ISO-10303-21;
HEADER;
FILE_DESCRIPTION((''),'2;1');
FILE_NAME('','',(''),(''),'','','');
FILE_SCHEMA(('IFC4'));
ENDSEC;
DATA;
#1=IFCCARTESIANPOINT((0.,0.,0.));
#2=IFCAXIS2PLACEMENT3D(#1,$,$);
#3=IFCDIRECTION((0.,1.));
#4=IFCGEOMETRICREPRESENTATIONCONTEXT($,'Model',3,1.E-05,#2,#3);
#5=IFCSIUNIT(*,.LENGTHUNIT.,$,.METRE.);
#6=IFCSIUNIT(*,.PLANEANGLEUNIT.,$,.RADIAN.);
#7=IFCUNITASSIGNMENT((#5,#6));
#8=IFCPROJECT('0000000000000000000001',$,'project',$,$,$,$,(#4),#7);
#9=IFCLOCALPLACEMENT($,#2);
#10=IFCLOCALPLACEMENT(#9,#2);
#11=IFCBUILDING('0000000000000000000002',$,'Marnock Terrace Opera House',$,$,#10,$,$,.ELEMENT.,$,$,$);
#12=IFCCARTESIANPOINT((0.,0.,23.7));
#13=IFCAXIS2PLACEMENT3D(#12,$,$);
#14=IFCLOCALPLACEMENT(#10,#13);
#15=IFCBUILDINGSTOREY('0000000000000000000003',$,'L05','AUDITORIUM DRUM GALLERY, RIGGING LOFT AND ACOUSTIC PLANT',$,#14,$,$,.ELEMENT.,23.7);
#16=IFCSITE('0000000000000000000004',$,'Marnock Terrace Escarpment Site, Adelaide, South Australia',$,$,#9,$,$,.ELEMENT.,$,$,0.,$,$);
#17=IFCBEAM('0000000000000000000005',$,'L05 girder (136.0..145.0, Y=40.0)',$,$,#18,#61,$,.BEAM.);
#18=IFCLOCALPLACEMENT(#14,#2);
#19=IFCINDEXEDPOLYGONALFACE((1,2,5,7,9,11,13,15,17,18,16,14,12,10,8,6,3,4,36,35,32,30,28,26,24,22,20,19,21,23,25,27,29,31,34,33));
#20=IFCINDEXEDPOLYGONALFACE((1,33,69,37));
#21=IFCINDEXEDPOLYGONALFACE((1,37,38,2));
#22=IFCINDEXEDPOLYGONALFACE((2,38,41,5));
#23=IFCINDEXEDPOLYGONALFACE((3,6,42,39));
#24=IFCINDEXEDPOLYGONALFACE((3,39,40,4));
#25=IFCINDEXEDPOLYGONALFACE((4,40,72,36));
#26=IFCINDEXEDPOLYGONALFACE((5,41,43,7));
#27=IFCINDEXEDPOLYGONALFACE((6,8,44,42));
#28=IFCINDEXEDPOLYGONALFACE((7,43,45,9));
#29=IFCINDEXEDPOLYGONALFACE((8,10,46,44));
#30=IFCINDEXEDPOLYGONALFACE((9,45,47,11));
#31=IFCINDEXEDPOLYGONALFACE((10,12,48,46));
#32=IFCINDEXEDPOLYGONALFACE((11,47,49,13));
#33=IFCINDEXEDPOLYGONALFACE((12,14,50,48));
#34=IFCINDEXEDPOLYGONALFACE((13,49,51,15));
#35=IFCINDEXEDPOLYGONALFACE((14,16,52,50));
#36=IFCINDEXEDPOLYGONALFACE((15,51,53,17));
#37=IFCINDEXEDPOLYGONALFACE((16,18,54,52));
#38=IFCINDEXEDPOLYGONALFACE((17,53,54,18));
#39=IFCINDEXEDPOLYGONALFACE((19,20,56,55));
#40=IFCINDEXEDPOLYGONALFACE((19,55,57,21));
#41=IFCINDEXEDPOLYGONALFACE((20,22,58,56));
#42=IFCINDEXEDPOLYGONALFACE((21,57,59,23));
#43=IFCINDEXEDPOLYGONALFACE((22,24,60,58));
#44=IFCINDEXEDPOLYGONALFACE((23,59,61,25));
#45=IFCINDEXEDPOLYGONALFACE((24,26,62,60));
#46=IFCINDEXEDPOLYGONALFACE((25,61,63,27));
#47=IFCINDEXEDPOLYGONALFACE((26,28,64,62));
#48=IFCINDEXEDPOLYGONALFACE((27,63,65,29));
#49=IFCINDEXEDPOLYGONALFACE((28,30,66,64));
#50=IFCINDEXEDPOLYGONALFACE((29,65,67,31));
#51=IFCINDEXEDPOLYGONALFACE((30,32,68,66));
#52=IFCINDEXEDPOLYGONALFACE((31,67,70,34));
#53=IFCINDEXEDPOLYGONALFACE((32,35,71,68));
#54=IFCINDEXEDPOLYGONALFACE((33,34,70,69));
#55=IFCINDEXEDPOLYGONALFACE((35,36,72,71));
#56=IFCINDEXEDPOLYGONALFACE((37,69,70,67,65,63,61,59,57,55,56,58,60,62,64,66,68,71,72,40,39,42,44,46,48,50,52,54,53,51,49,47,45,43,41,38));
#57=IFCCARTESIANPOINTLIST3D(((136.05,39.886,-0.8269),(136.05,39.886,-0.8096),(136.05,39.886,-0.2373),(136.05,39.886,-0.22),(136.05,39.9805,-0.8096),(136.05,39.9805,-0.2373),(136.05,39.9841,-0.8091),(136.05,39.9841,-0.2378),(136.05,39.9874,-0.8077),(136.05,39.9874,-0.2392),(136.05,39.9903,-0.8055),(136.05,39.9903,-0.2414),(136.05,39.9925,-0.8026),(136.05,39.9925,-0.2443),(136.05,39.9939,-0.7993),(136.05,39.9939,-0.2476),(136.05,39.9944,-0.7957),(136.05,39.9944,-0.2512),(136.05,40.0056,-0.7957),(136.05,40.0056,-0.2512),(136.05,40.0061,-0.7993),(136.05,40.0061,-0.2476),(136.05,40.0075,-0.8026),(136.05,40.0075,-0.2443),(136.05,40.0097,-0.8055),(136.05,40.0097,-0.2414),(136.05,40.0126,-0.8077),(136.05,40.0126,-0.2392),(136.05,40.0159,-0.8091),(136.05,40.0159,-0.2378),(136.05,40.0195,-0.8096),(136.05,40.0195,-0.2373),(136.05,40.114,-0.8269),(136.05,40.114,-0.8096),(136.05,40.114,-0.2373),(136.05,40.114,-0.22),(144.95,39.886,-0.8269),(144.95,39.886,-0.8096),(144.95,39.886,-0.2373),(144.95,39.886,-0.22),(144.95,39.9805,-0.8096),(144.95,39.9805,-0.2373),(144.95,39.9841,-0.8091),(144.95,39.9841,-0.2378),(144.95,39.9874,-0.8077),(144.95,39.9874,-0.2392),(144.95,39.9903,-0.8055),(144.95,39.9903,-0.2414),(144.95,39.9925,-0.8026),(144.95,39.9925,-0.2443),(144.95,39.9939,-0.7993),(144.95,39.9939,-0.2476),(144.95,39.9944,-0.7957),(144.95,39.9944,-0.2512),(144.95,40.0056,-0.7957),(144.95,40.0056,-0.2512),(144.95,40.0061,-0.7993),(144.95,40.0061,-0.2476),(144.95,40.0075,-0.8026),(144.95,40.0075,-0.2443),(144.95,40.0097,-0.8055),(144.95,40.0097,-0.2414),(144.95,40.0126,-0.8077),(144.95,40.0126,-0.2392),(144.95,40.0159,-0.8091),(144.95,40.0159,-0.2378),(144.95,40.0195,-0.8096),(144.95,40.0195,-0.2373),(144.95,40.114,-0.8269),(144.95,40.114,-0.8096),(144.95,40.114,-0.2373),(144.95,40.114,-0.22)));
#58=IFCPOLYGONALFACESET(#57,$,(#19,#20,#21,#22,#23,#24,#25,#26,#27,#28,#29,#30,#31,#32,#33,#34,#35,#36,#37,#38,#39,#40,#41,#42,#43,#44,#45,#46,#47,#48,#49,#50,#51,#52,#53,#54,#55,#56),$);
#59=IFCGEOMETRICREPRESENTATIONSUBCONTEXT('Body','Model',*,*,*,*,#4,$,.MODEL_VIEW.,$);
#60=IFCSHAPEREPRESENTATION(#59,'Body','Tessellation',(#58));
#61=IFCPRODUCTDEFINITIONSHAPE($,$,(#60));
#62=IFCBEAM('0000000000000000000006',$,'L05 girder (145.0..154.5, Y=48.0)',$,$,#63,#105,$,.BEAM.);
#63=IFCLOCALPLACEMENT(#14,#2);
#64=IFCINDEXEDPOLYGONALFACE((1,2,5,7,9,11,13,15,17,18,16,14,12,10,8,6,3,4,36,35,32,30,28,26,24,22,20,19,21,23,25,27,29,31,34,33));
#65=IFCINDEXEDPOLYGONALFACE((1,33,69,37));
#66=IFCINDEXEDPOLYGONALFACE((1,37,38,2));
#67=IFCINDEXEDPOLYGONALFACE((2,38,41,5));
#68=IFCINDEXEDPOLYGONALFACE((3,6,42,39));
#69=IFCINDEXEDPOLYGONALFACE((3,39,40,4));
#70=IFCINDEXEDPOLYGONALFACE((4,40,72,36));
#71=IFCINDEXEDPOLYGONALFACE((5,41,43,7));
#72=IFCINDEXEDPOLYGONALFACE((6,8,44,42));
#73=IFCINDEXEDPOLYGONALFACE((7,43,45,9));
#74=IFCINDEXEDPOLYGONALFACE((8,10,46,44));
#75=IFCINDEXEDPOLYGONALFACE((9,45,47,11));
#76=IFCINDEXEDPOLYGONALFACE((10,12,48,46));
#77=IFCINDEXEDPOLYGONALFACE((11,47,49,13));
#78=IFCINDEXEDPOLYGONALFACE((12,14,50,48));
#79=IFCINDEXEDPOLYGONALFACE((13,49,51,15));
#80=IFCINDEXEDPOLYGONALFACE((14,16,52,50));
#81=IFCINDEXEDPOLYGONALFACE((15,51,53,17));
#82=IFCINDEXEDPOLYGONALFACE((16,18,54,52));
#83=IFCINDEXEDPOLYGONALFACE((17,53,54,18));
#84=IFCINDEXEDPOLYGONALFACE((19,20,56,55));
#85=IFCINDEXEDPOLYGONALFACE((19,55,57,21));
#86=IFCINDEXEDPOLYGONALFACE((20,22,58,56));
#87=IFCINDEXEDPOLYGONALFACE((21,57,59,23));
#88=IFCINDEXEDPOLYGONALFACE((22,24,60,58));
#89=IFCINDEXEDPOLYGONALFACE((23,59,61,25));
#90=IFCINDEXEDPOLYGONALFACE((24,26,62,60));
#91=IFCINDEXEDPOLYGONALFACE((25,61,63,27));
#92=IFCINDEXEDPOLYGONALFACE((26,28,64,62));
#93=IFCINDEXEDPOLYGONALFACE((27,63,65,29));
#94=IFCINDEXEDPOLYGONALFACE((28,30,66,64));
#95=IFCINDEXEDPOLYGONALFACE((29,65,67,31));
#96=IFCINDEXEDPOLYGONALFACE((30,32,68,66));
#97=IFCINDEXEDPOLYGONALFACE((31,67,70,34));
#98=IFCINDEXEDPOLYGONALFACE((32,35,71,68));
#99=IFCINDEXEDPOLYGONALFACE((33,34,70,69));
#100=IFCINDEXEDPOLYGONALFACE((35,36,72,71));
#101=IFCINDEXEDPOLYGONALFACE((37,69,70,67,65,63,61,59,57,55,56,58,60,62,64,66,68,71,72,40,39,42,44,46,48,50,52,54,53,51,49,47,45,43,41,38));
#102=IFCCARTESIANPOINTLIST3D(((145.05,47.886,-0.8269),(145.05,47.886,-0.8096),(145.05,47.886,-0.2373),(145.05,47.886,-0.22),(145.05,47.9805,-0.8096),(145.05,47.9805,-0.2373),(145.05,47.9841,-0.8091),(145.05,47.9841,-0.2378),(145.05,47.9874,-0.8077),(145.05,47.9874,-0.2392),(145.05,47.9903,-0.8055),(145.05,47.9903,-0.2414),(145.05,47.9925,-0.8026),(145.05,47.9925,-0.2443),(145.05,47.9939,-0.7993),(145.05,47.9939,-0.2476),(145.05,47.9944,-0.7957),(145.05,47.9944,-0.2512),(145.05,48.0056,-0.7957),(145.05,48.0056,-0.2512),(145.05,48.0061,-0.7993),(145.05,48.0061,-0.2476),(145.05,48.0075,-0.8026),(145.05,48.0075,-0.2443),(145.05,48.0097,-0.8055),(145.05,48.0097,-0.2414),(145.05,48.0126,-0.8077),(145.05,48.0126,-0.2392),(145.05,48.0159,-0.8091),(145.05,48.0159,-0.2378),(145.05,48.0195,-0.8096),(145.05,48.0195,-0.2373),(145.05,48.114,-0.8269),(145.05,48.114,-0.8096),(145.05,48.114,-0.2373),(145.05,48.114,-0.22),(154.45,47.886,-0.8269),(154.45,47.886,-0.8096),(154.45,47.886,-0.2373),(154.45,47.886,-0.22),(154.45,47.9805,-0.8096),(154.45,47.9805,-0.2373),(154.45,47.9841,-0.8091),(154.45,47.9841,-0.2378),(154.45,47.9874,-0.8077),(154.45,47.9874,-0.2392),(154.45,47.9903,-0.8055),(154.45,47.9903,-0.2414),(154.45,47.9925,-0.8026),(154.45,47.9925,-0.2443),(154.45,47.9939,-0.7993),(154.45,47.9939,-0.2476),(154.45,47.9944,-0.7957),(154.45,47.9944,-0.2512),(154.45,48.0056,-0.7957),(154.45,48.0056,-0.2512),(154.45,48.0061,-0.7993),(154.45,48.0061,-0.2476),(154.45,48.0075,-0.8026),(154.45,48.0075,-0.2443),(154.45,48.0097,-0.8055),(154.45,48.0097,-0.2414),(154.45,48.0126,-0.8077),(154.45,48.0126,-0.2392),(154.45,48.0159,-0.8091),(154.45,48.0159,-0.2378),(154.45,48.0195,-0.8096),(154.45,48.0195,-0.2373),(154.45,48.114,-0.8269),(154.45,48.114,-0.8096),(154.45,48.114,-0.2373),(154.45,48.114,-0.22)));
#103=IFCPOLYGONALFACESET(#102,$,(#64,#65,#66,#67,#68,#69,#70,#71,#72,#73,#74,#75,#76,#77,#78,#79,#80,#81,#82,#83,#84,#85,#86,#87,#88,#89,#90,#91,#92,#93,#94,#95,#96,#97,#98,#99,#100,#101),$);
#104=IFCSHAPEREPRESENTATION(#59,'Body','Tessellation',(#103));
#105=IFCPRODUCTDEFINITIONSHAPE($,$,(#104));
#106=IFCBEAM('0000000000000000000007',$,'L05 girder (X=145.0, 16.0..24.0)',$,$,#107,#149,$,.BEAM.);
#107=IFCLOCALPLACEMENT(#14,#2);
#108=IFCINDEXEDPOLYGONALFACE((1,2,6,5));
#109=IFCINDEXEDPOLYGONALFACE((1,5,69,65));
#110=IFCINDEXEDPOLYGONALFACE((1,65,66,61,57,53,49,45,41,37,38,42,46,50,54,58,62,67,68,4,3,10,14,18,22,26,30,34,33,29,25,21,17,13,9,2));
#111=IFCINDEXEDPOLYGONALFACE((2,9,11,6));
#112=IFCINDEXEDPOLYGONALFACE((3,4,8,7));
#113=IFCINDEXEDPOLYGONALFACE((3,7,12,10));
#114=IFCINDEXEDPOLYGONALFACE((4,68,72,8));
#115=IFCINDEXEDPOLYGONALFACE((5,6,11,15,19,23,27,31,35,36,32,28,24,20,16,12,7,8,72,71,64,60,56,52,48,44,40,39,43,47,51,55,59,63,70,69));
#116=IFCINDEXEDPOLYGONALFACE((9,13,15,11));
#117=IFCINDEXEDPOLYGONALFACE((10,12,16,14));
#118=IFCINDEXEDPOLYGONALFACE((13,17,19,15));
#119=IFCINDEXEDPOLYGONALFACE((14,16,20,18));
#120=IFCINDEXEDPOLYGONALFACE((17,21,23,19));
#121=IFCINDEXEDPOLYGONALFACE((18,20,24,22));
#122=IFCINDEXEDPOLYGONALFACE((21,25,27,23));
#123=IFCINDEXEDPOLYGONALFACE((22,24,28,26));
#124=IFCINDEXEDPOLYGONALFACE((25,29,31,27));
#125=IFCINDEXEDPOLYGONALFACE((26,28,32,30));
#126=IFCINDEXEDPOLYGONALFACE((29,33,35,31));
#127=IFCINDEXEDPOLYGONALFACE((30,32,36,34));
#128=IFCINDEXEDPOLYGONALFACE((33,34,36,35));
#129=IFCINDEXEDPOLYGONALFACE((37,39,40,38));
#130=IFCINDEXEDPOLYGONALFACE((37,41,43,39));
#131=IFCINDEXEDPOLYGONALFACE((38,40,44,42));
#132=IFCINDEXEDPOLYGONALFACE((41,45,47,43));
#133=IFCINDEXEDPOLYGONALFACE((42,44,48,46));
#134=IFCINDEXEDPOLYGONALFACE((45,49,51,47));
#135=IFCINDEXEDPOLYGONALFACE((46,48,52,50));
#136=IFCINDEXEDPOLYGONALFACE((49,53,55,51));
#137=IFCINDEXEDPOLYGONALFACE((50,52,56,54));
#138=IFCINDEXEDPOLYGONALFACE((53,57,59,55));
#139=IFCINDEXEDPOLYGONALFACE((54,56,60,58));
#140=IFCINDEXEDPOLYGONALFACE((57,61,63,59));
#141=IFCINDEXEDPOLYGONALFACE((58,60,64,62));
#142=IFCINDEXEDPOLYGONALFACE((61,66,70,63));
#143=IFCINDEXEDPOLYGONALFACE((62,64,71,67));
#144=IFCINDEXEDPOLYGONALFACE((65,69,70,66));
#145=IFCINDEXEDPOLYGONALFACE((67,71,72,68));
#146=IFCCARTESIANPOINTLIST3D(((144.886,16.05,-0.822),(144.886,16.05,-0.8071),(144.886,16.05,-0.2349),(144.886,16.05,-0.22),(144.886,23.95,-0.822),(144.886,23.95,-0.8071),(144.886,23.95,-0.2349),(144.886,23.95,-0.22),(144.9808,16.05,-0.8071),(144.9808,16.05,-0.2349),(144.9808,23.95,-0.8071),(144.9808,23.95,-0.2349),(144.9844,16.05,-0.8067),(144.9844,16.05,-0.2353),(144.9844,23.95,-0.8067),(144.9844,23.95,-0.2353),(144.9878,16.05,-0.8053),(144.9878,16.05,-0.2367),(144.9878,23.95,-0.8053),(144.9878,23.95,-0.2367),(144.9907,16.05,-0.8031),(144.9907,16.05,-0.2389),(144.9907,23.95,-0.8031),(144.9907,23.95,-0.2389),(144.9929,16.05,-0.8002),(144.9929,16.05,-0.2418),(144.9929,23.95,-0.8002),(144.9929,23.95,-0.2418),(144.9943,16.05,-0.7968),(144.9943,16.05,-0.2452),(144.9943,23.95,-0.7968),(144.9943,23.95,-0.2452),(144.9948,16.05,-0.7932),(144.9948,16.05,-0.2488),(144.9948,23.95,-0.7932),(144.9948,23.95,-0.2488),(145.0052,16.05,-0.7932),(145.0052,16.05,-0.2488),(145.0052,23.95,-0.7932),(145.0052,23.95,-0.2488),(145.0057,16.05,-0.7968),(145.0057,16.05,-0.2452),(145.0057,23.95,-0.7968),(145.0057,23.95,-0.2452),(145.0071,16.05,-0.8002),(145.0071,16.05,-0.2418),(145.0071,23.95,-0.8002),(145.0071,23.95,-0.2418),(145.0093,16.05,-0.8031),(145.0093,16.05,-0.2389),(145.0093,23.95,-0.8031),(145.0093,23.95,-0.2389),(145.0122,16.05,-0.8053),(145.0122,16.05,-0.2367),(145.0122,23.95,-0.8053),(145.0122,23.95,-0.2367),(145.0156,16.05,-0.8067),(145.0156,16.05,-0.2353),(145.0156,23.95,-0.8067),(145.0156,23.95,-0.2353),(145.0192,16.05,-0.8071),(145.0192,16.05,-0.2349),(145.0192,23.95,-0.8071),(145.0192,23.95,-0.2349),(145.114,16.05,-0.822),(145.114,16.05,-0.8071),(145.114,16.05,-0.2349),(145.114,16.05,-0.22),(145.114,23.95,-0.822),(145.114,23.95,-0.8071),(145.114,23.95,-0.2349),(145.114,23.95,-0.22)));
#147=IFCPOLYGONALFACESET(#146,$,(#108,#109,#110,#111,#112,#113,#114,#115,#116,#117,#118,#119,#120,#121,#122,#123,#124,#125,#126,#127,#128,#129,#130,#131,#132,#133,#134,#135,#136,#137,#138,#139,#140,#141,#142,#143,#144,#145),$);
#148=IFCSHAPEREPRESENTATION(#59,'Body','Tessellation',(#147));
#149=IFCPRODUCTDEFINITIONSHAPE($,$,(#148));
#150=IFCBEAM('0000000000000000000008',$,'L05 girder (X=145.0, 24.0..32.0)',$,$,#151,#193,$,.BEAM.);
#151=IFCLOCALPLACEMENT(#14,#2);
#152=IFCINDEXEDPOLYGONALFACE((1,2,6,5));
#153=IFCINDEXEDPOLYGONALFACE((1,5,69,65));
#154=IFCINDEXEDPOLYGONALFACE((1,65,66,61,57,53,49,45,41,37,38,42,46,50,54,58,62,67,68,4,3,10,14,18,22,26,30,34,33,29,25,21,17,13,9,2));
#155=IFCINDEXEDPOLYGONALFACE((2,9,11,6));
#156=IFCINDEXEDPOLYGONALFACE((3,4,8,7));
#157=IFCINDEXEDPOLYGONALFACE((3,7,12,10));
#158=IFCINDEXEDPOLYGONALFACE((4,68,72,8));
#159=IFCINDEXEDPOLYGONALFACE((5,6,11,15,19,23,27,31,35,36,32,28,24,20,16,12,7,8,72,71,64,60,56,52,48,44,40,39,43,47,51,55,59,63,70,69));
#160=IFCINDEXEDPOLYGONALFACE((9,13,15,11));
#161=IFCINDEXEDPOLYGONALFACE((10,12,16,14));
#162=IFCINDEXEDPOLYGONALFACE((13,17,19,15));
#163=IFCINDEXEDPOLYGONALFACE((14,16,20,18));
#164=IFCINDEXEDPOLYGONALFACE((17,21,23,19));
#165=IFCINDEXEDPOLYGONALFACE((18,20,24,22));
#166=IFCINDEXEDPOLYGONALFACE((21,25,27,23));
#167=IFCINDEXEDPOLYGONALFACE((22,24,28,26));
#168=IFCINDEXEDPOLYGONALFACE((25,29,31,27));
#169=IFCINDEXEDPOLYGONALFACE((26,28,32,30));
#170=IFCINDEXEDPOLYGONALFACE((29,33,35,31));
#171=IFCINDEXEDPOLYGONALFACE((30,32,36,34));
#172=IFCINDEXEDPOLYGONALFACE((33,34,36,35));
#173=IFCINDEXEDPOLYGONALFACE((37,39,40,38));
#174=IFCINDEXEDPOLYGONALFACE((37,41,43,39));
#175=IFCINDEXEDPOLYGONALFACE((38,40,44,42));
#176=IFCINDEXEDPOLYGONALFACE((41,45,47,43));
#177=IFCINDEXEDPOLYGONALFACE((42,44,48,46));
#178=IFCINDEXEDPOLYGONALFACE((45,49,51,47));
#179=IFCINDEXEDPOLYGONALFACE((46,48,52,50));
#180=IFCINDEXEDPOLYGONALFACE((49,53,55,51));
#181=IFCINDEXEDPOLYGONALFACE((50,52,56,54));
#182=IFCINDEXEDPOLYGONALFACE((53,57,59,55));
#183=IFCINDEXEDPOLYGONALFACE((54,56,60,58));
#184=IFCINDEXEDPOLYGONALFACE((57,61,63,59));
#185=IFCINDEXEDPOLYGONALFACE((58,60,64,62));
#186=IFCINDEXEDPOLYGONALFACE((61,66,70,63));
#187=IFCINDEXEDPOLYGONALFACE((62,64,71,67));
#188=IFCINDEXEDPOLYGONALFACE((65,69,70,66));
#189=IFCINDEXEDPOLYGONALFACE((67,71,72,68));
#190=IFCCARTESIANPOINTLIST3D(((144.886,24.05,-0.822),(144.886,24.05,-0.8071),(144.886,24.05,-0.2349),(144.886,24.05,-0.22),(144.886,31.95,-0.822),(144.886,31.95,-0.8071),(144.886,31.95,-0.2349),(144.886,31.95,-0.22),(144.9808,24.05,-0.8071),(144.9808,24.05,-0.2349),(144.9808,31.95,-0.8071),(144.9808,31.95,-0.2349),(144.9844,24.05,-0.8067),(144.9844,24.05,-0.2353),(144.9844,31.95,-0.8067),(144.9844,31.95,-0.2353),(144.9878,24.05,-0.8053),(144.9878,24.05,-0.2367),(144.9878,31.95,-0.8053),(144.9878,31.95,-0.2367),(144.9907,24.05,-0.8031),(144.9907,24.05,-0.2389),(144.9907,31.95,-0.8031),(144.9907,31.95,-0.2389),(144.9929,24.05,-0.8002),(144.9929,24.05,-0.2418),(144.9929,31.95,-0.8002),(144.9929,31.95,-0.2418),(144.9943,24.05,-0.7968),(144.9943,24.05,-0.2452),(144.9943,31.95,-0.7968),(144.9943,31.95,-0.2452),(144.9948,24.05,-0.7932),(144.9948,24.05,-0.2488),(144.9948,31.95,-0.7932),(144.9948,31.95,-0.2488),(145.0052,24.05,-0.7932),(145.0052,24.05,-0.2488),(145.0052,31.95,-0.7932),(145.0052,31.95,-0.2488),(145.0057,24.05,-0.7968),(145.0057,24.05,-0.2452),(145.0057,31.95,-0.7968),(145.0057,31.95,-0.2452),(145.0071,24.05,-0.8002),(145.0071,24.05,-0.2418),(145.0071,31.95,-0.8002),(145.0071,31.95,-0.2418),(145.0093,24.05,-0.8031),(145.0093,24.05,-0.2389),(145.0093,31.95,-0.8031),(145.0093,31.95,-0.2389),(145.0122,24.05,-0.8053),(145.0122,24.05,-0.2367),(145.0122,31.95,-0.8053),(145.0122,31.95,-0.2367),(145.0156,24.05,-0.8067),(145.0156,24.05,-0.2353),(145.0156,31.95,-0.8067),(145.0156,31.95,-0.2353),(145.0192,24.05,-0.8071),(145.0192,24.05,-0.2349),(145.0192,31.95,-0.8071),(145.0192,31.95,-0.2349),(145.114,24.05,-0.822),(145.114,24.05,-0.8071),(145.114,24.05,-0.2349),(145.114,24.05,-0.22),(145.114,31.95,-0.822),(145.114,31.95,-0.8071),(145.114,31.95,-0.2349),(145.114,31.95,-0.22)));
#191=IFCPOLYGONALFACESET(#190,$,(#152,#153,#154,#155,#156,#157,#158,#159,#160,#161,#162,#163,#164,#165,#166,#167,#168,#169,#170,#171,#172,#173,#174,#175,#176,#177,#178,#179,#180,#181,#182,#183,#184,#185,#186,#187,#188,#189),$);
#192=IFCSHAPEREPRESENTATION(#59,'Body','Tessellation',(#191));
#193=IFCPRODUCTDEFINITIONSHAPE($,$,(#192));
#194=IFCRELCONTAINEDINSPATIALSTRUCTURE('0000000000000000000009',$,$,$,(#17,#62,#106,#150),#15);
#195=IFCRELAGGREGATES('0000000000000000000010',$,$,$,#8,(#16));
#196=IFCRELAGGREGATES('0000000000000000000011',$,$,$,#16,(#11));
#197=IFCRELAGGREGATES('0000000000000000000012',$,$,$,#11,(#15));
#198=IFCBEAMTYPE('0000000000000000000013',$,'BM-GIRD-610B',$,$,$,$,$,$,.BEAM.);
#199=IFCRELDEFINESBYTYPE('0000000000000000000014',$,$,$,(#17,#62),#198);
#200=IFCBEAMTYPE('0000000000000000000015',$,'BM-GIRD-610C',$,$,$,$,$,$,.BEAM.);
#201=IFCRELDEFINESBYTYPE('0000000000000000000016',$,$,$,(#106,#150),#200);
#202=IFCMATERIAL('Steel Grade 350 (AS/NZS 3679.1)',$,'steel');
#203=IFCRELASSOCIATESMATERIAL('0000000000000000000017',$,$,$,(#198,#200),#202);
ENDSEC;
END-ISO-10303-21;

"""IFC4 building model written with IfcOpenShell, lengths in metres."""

from ifc_helpers import new_model, si_unit, direction, frame, origin, origin_2d, place, context, subcontext, project, spatial, i_section, extrude, material, material_profile, profile_set, type_object, element, save


model = new_model("IFC4")

# Units and contexts
model_context = context("Model", 3, precision=1e-05, world=origin(), true_north=direction((0.0, 1.0)))
body_context = subcontext(model_context, "Body", "Model", "MODEL_VIEW")
ifc_project = project(units=[si_unit("LENGTHUNIT", "METRE"), si_unit("PLANEANGLEUNIT", "RADIAN")], contexts=[model_context])

# Site, building, storey
site_placement = place(None, origin())
site = spatial("IfcSite", under=ifc_project, at=site_placement, Name="Marnock Terrace Escarpment Site, Adelaide, South Australia", CompositionType="ELEMENT", RefElevation=0.0)
building_placement = place(site_placement, origin())
building = spatial("IfcBuilding", under=site, at=building_placement, Name="Marnock Terrace Opera House", CompositionType="ELEMENT")
storey_placement = place(building_placement, frame((0.0, 0.0, 23.7)))
storey = spatial("IfcBuildingStorey", under=building, at=storey_placement, Name="L05", Description="AUDITORIUM DRUM GALLERY, RIGGING LOFT AND ACOUSTIC PLANT", CompositionType="ELEMENT", Elevation=23.7)

# Beams
ifc_material_1 = material(Name="Steel Grade 350 (AS/NZS 3679.1)", Category="steel")
ifc_material_profile_1 = material_profile(ifc_material_1, i_section(OverallWidth=0.228, OverallDepth=0.6069, WebThickness=0.0112, FlangeThickness=0.0173, FilletRadius=0.0139, at=origin_2d()))
ifc_profile_set_1 = profile_set([ifc_material_profile_1], Name="Steel Grade 350 (AS/NZS 3679.1)")
beam_type_1 = type_object("IfcBeamType", Name="BM-GIRD-610B", PredefinedType="BEAM", material=ifc_profile_set_1)
beam_1_placement = place(storey_placement, frame((136.05, 40.0, -0.5234), z_axis=(1.0, 0.0, 0.0), x_axis=(0.0, 1.0, 0.0)))
element("IfcBeam", 1, at=beam_1_placement, inside=storey, type_object=beam_type_1, Name="L05 girder (136.0..145.0, Y=40.0)", PredefinedType="BEAM", context=body_context, shape_type="SweptSolid", body=[
    extrude(i_section(OverallWidth=0.228, OverallDepth=0.6069, WebThickness=0.0112, FlangeThickness=0.0173, FilletRadius=0.0139, at=origin_2d()), origin(), (0.0, 0.0, 1.0), 8.8999),
])
beam_2_placement = place(storey_placement, frame((145.05, 48.0, -0.5234), z_axis=(1.0, 0.0, 0.0), x_axis=(0.0, 1.0, 0.0)))
element("IfcBeam", 2, at=beam_2_placement, inside=storey, type_object=beam_type_1, Name="L05 girder (145.0..154.5, Y=48.0)", PredefinedType="BEAM", context=body_context, shape_type="SweptSolid", body=[
    extrude(i_section(OverallWidth=0.228, OverallDepth=0.6069, WebThickness=0.0112, FlangeThickness=0.0173, FilletRadius=0.0139, at=origin_2d()), origin(), (0.0, 0.0, 1.0), 9.3999),
])
ifc_material_profile_2 = material_profile(ifc_material_1, i_section(OverallWidth=0.228, OverallDepth=0.6021, WebThickness=0.0105, FlangeThickness=0.0149, FilletRadius=0.0139, at=origin_2d()))
ifc_profile_set_2 = profile_set([ifc_material_profile_2], Name="Steel Grade 350 (AS/NZS 3679.1)")
beam_type_2 = type_object("IfcBeamType", Name="BM-GIRD-610C", PredefinedType="BEAM", material=ifc_profile_set_2)
for number, where, z_axis, x_axis, name in (
    (3, (145.0, 16.05, -0.521), (0.0, 1.0, 0.0), (-1.0, 0.0, 0.0), "L05 girder (X=145.0, 16.0..24.0)"),
    (4, (145.0, 24.05, -0.521), (0.0, 1.0, 0.0), (-1.0, 0.0, 0.0), "L05 girder (X=145.0, 24.0..32.0)"),
):
    element("IfcBeam", number, at=place(storey_placement, frame(where, z_axis=z_axis, x_axis=x_axis)), inside=storey, type_object=beam_type_2, Name=name, PredefinedType="BEAM", context=body_context, shape_type="SweptSolid", body=[
        extrude(i_section(OverallWidth=0.228, OverallDepth=0.6021, WebThickness=0.0105, FlangeThickness=0.0149, FilletRadius=0.0139, at=origin_2d()), origin(), (0.0, 0.0, 1.0), 7.8999),
    ])

save(model, "model.ifc")
